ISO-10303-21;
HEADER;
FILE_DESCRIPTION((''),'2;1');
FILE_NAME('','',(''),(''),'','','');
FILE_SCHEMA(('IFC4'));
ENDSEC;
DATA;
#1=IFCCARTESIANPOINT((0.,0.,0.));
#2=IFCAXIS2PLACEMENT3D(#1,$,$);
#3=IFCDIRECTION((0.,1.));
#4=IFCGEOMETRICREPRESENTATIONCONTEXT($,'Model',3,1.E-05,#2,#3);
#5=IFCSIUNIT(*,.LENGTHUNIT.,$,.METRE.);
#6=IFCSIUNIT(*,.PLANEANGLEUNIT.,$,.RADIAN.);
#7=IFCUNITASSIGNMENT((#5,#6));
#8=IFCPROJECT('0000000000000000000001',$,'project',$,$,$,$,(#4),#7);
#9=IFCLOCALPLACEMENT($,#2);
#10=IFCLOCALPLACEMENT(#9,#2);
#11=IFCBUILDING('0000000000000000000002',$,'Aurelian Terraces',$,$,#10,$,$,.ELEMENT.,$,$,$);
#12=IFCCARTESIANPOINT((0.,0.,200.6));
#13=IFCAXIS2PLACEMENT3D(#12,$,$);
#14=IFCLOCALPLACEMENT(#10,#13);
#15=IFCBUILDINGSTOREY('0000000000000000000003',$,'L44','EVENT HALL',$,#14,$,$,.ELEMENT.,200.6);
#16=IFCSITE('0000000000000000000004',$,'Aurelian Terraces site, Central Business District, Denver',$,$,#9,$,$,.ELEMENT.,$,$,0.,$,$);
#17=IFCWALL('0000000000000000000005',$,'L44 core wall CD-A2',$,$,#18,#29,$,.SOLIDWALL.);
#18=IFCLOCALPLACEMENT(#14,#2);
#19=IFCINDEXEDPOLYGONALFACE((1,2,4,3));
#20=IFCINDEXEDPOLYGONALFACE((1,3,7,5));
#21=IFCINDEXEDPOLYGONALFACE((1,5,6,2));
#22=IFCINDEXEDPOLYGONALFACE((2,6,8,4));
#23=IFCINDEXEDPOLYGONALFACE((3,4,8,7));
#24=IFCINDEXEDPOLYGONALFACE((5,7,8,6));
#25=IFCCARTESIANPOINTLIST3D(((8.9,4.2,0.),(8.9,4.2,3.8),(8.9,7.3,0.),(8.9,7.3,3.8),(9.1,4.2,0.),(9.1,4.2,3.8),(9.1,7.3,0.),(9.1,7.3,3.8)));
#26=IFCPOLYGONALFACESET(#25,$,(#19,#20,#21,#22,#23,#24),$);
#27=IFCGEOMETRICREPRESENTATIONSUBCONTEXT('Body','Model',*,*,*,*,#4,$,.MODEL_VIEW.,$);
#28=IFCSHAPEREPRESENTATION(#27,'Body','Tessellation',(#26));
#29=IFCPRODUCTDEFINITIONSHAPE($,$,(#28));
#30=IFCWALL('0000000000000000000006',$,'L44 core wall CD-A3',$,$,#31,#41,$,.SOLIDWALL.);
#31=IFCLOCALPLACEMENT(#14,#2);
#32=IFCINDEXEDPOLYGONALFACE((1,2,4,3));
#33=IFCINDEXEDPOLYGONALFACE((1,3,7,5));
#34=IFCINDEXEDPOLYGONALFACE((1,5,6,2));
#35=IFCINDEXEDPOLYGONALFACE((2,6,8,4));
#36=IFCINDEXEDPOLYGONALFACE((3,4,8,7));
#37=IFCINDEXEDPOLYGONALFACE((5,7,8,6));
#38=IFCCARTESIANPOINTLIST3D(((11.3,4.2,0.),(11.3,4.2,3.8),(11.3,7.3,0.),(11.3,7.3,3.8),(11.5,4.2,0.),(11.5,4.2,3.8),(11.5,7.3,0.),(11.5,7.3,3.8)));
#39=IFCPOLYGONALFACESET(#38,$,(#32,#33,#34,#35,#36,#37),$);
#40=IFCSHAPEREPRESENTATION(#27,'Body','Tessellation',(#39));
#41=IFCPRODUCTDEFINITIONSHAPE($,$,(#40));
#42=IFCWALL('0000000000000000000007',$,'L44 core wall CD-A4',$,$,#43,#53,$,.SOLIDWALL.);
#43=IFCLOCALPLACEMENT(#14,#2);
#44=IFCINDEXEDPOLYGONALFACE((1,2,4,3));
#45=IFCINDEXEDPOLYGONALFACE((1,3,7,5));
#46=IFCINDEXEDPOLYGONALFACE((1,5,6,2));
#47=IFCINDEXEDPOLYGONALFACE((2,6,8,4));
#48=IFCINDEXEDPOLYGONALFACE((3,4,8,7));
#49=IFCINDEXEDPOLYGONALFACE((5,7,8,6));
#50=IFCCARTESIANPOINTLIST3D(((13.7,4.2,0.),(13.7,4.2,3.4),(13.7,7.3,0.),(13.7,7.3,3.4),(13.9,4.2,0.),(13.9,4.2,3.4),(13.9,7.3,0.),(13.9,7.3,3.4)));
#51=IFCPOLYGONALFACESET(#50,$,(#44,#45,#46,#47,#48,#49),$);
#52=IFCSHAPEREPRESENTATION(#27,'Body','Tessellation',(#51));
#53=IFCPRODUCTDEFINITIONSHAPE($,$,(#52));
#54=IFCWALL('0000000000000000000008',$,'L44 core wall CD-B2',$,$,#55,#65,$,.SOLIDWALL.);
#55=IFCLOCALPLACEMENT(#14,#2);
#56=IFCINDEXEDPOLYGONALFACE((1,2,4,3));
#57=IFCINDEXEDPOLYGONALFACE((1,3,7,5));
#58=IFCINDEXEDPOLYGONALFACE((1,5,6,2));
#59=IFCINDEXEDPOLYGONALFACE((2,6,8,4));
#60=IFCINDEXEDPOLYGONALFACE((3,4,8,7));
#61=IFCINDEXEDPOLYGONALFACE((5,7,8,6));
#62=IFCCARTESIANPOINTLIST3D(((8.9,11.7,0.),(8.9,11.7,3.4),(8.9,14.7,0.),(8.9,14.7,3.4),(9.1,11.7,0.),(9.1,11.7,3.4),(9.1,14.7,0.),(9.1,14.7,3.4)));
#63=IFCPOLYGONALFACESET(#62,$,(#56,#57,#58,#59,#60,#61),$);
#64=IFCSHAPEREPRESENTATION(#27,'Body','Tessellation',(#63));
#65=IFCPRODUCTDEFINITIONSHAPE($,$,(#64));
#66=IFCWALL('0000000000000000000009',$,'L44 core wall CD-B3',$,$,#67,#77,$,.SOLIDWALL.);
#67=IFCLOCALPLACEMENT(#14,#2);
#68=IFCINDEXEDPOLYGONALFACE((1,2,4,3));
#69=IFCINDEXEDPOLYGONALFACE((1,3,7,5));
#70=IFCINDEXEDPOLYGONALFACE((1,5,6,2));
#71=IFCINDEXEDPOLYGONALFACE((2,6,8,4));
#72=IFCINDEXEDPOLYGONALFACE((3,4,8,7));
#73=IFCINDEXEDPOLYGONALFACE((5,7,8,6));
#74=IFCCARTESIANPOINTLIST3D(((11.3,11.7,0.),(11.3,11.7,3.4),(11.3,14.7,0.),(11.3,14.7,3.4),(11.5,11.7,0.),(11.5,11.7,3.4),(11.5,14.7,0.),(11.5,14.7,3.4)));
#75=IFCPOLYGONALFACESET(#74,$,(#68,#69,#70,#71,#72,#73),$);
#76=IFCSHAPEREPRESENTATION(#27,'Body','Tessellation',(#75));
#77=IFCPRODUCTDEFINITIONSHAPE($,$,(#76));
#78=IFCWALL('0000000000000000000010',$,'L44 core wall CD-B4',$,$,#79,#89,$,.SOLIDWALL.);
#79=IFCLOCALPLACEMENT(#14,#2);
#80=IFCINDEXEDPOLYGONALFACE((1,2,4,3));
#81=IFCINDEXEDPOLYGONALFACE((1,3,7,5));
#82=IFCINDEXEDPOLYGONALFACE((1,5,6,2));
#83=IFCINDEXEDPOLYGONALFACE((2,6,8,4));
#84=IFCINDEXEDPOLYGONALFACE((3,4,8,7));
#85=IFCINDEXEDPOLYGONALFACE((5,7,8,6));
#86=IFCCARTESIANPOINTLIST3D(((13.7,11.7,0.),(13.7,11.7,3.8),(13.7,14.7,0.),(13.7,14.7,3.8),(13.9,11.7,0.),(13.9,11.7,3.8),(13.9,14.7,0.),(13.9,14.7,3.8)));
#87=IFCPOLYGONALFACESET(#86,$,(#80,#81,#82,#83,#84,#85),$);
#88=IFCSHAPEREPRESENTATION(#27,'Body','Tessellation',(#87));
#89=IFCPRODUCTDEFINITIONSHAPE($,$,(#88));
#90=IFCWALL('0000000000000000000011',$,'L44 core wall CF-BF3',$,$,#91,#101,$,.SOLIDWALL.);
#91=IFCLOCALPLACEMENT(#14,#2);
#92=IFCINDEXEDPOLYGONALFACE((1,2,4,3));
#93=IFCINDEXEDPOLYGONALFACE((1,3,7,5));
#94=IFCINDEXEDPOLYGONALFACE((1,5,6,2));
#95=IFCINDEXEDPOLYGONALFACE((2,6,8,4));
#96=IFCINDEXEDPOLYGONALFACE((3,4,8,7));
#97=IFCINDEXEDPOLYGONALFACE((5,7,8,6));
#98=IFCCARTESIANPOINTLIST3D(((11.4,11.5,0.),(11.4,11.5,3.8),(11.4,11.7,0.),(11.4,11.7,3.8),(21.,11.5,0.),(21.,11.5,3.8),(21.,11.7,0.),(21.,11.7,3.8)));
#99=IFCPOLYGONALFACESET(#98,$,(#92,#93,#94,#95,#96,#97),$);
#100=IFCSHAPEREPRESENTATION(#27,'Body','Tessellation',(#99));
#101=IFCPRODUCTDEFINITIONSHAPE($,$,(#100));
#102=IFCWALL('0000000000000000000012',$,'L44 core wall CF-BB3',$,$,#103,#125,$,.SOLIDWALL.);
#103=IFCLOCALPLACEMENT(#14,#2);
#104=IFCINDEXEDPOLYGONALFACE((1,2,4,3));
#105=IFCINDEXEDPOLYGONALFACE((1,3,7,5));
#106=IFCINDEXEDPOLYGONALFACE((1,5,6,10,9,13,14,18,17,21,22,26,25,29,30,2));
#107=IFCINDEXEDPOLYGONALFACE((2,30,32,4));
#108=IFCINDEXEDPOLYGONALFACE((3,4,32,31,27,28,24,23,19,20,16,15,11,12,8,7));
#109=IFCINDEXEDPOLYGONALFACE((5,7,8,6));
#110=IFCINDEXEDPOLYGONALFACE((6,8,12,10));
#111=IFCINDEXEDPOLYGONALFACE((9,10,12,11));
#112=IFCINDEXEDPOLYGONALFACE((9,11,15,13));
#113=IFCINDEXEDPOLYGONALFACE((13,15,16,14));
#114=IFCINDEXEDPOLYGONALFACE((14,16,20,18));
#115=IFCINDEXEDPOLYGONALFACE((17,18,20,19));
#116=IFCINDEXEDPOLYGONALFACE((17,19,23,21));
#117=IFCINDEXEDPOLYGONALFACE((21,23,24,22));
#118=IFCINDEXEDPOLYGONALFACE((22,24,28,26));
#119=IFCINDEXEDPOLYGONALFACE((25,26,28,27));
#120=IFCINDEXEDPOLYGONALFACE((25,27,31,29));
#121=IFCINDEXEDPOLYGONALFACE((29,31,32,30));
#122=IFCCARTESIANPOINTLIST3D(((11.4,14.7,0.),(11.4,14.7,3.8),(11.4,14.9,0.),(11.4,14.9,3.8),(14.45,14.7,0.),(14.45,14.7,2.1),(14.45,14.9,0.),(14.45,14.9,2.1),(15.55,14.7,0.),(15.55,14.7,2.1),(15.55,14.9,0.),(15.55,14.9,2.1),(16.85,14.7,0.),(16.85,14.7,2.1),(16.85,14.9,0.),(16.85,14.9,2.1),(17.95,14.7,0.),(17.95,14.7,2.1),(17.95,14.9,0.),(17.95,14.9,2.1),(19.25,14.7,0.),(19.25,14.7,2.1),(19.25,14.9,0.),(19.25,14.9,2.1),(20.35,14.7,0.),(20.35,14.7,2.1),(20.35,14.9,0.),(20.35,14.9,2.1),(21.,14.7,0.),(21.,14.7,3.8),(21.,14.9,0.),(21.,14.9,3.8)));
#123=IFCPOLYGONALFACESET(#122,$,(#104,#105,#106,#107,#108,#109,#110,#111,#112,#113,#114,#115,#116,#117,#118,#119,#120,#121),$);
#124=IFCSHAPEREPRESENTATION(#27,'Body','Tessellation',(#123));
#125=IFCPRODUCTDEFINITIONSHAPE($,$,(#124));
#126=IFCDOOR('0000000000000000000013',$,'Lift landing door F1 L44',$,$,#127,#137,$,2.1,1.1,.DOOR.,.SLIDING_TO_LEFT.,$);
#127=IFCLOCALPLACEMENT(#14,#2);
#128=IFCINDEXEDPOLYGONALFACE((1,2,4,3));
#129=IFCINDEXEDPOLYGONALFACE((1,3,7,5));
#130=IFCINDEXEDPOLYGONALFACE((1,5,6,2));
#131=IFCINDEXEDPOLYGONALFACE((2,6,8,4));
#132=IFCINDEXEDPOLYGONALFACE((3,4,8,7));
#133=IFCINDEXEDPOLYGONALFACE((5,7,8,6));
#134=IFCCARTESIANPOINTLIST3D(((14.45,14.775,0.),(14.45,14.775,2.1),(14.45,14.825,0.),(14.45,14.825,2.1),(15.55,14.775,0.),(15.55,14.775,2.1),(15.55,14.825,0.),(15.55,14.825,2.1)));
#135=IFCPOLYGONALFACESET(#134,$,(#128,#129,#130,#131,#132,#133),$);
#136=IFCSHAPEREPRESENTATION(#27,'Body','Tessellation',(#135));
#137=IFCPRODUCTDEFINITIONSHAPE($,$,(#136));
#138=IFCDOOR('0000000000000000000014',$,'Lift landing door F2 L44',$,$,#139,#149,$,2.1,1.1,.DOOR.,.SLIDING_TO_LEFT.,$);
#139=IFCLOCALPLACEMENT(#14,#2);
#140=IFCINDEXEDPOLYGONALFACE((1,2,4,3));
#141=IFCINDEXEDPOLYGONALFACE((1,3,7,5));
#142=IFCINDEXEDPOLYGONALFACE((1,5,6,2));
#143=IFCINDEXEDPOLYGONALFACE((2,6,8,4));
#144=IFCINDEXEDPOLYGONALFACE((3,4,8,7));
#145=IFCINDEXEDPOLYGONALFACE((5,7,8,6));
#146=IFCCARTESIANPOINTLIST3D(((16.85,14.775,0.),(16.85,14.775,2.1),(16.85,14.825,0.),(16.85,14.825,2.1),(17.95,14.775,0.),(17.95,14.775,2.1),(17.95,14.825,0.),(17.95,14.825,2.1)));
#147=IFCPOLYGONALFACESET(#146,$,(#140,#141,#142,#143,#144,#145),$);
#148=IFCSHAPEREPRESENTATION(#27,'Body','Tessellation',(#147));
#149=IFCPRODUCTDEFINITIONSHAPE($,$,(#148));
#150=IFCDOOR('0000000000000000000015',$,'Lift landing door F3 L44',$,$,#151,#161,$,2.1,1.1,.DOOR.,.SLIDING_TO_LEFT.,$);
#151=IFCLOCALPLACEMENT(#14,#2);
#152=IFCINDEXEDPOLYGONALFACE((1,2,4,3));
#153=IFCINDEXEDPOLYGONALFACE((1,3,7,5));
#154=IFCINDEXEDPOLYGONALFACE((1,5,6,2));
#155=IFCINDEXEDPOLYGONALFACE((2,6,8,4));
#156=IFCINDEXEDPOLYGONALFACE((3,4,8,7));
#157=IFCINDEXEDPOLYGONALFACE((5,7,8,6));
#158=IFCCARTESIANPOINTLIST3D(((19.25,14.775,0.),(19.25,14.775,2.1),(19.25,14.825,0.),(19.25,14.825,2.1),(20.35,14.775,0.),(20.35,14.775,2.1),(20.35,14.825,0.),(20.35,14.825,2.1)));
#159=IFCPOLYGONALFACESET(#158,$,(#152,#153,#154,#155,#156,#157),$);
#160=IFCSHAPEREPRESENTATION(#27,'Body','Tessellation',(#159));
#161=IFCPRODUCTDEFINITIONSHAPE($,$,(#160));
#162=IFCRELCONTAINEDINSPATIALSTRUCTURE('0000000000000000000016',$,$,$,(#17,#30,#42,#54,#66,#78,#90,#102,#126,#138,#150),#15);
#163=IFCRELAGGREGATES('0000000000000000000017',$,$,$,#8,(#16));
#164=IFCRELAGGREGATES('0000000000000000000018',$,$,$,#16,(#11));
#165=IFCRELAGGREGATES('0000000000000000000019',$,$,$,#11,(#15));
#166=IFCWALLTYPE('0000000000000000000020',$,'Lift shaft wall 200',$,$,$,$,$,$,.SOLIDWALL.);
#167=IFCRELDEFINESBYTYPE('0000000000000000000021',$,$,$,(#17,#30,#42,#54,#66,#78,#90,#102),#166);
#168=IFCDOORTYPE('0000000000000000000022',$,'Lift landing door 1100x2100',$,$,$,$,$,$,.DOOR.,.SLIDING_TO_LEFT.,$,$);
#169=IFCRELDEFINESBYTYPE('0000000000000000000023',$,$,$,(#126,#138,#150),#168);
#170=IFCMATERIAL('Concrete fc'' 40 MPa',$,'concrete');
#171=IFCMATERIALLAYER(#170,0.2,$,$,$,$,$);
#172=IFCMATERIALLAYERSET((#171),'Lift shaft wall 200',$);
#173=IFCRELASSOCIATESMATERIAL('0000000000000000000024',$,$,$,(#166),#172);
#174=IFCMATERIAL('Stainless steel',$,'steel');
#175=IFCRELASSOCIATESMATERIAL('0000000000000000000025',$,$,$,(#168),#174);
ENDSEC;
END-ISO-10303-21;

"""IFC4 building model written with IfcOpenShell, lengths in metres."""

from ifc_helpers import new_model, si_unit, direction, frame, frame_2d, origin, place, context, subcontext, project, spatial, rectangle, extrude, source, transform, mapped, material, layer, layer_set, type_object, element, fill, save


model = new_model("IFC4")

# Units and contexts
model_context = context("Model", 3, precision=1e-05, world=origin(), true_north=direction((0.0, 1.0)))
body_context = subcontext(model_context, "Body", "Model", "MODEL_VIEW")
ifc_project = project(units=[si_unit("LENGTHUNIT", "METRE"), si_unit("PLANEANGLEUNIT", "RADIAN")], contexts=[model_context])

# Site, building, storey
site_placement = place(None, origin())
site = spatial("IfcSite", under=ifc_project, at=site_placement, Name="Aurelian Terraces site, Central Business District, Denver", CompositionType="ELEMENT", RefElevation=0.0)
building_placement = place(site_placement, origin())
building = spatial("IfcBuilding", under=site, at=building_placement, Name="Aurelian Terraces", CompositionType="ELEMENT")
storey_placement = place(building_placement, frame((0.0, 0.0, 200.6)))
storey = spatial("IfcBuildingStorey", under=building, at=storey_placement, Name="L44", Description="EVENT HALL", CompositionType="ELEMENT", Elevation=200.6)

# Walls
ifc_material_1 = material(Name="Concrete fc' 40 MPa", Category="concrete")
ifc_layer_1 = layer(ifc_material_1, 0.2)
ifc_layer_set_1 = layer_set([ifc_layer_1], Name="Lift shaft wall 200")
wall_type_1 = type_object("IfcWallType", Name="Lift shaft wall 200", PredefinedType="SOLIDWALL", material=ifc_layer_set_1)
shared_shape_1 = source(origin(), body_context, "Body", "SweptSolid", [
    extrude(rectangle(XDim=3.1, YDim=0.2, at=frame_2d((1.55, 0.0))), origin(), (0.0, 0.0, 1.0), 3.8),
])
for number, where, z_axis, x_axis, name in (
    (1, (9.0, 4.2, 0.0), (0.0, 0.0, 1.0), (0.0, 1.0, 0.0), "L44 core wall CD-A2"),
    (2, (11.4, 4.2, 0.0), (0.0, 0.0, 1.0), (0.0, 1.0, 0.0), "L44 core wall CD-A3"),
):
    element("IfcWall", number, at=place(storey_placement, frame(where, z_axis=z_axis, x_axis=x_axis)), inside=storey, type_object=wall_type_1, Name=name, PredefinedType="SOLIDWALL", context=body_context, shape_type="MappedRepresentation", body=[
        mapped(shared_shape_1, transform((0.0, 0.0, 0.0), scale=1.0)),
    ])
shared_shape_2 = source(origin(), body_context, "Body", "SweptSolid", [
    extrude(rectangle(XDim=3.1, YDim=0.2, at=frame_2d((1.55, 0.0))), origin(), (0.0, 0.0, 1.0), 3.4),
])
wall_1_placement = place(storey_placement, frame((13.8, 4.2, 0.0), z_axis=(0.0, 0.0, 1.0), x_axis=(0.0, 1.0, 0.0)))
element("IfcWall", 3, at=wall_1_placement, inside=storey, type_object=wall_type_1, Name="L44 core wall CD-A4", PredefinedType="SOLIDWALL", context=body_context, shape_type="MappedRepresentation", body=[
    mapped(shared_shape_2, transform((0.0, 0.0, 0.0), scale=1.0)),
])
shared_shape_3 = source(origin(), body_context, "Body", "SweptSolid", [
    extrude(rectangle(XDim=3.0, YDim=0.2, at=frame_2d((1.5, 0.0))), origin(), (0.0, 0.0, 1.0), 3.4),
])
for number, where, z_axis, x_axis, name in (
    (4, (9.0, 11.7, 0.0), (0.0, 0.0, 1.0), (0.0, 1.0, 0.0), "L44 core wall CD-B2"),
    (5, (11.4, 11.7, 0.0), (0.0, 0.0, 1.0), (0.0, 1.0, 0.0), "L44 core wall CD-B3"),
):
    element("IfcWall", number, at=place(storey_placement, frame(where, z_axis=z_axis, x_axis=x_axis)), inside=storey, type_object=wall_type_1, Name=name, PredefinedType="SOLIDWALL", context=body_context, shape_type="MappedRepresentation", body=[
        mapped(shared_shape_3, transform((0.0, 0.0, 0.0), scale=1.0)),
    ])
shared_shape_4 = source(origin(), body_context, "Body", "SweptSolid", [
    extrude(rectangle(XDim=3.0, YDim=0.2, at=frame_2d((1.5, 0.0))), origin(), (0.0, 0.0, 1.0), 3.8),
])
wall_2_placement = place(storey_placement, frame((13.8, 11.7, 0.0), z_axis=(0.0, 0.0, 1.0), x_axis=(0.0, 1.0, 0.0)))
element("IfcWall", 6, at=wall_2_placement, inside=storey, type_object=wall_type_1, Name="L44 core wall CD-B4", PredefinedType="SOLIDWALL", context=body_context, shape_type="MappedRepresentation", body=[
    mapped(shared_shape_4, transform((0.0, 0.0, 0.0), scale=1.0)),
])
shared_shape_5 = source(origin(), body_context, "Body", "SweptSolid", [
    extrude(rectangle(XDim=9.6, YDim=0.2, at=frame_2d((4.8, 0.0))), origin(), (0.0, 0.0, 1.0), 3.8),
])
wall_3_placement = place(storey_placement, frame((11.4, 11.6, 0.0), z_axis=(0.0, 0.0, 1.0), x_axis=(1.0, 0.0, 0.0)))
element("IfcWall", 7, at=wall_3_placement, inside=storey, type_object=wall_type_1, Name="L44 core wall CF-BF3", PredefinedType="SOLIDWALL", context=body_context, shape_type="MappedRepresentation", body=[
    mapped(shared_shape_5, transform((0.0, 0.0, 0.0), scale=1.0)),
])

# Wall, openings, doors
wall_4_placement = place(storey_placement, frame((11.4, 14.8, 0.0), z_axis=(0.0, 0.0, 1.0), x_axis=(1.0, 0.0, 0.0)))
wall_4 = element("IfcWall", 8, at=wall_4_placement, inside=storey, type_object=wall_type_1, Name="L44 core wall CF-BB3", PredefinedType="SOLIDWALL", context=body_context, shape_type="MappedRepresentation", body=[
    mapped(shared_shape_5, transform((0.0, 0.0, 0.0), scale=1.0)),
])
shared_shape_6 = source(origin(), body_context, "Body", "SweptSolid", [
    extrude(rectangle(XDim=1.1, YDim=2.1, at=frame_2d((0.55, 1.05))), frame((0.0, 0.11, 0.0), z_axis=(0.0, -1.0, 0.0), x_axis=(1.0, 0.0, 0.0)), (0.0, 0.0, 1.0), 0.22),
])
opening_1_placement = place(wall_4_placement, frame((3.05, 0.0, 0.0)))
opening_1 = element("IfcOpeningElement", 9, at=opening_1_placement, cuts=wall_4, PredefinedType="OPENING", context=body_context, shape_type="MappedRepresentation", body=[
    mapped(shared_shape_6, transform((0.0, 0.0, 0.0), scale=1.0)),
])
opening_2_placement = place(wall_4_placement, frame((5.45, 0.0, 0.0)))
opening_2 = element("IfcOpeningElement", 10, at=opening_2_placement, cuts=wall_4, PredefinedType="OPENING", context=body_context, shape_type="MappedRepresentation", body=[
    mapped(shared_shape_6, transform((0.0, 0.0, 0.0), scale=1.0)),
])
opening_3_placement = place(wall_4_placement, frame((7.85, 0.0, 0.0)))
opening_3 = element("IfcOpeningElement", 11, at=opening_3_placement, cuts=wall_4, PredefinedType="OPENING", context=body_context, shape_type="MappedRepresentation", body=[
    mapped(shared_shape_6, transform((0.0, 0.0, 0.0), scale=1.0)),
])
ifc_material_2 = material(Name="Stainless steel", Category="steel")
door_type_1 = type_object("IfcDoorType", Name="Lift landing door 1100x2100", OperationType="SLIDING_TO_LEFT", PredefinedType="DOOR", material=ifc_material_2)
shared_shape_7 = source(origin(), body_context, "Body", "SweptSolid", [
    extrude(rectangle(XDim=1.1, YDim=2.1, at=frame_2d((0.55, 1.05))), frame((0.0, 0.025, 0.0), z_axis=(0.0, -1.0, 0.0), x_axis=(1.0, 0.0, 0.0)), (0.0, 0.0, 1.0), 0.05),
])
door_1_placement = place(opening_1_placement, origin())
door_1 = element("IfcDoor", 12, at=door_1_placement, inside=storey, type_object=door_type_1, Name="Lift landing door F1 L44", OperationType="SLIDING_TO_LEFT", OverallHeight=2.1, OverallWidth=1.1, PredefinedType="DOOR", context=body_context, shape_type="MappedRepresentation", body=[
    mapped(shared_shape_7, transform((0.0, 0.0, 0.0), scale=1.0)),
])
fill(opening_1, door_1)
door_2_placement = place(opening_2_placement, origin())
door_2 = element("IfcDoor", 13, at=door_2_placement, inside=storey, type_object=door_type_1, Name="Lift landing door F2 L44", OperationType="SLIDING_TO_LEFT", OverallHeight=2.1, OverallWidth=1.1, PredefinedType="DOOR", context=body_context, shape_type="MappedRepresentation", body=[
    mapped(shared_shape_7, transform((0.0, 0.0, 0.0), scale=1.0)),
])
fill(opening_2, door_2)
door_3_placement = place(opening_3_placement, origin())
door_3 = element("IfcDoor", 14, at=door_3_placement, inside=storey, type_object=door_type_1, Name="Lift landing door F3 L44", OperationType="SLIDING_TO_LEFT", OverallHeight=2.1, OverallWidth=1.1, PredefinedType="DOOR", context=body_context, shape_type="MappedRepresentation", body=[
    mapped(shared_shape_7, transform((0.0, 0.0, 0.0), scale=1.0)),
])
fill(opening_3, door_3)

save(model, "model.ifc")
